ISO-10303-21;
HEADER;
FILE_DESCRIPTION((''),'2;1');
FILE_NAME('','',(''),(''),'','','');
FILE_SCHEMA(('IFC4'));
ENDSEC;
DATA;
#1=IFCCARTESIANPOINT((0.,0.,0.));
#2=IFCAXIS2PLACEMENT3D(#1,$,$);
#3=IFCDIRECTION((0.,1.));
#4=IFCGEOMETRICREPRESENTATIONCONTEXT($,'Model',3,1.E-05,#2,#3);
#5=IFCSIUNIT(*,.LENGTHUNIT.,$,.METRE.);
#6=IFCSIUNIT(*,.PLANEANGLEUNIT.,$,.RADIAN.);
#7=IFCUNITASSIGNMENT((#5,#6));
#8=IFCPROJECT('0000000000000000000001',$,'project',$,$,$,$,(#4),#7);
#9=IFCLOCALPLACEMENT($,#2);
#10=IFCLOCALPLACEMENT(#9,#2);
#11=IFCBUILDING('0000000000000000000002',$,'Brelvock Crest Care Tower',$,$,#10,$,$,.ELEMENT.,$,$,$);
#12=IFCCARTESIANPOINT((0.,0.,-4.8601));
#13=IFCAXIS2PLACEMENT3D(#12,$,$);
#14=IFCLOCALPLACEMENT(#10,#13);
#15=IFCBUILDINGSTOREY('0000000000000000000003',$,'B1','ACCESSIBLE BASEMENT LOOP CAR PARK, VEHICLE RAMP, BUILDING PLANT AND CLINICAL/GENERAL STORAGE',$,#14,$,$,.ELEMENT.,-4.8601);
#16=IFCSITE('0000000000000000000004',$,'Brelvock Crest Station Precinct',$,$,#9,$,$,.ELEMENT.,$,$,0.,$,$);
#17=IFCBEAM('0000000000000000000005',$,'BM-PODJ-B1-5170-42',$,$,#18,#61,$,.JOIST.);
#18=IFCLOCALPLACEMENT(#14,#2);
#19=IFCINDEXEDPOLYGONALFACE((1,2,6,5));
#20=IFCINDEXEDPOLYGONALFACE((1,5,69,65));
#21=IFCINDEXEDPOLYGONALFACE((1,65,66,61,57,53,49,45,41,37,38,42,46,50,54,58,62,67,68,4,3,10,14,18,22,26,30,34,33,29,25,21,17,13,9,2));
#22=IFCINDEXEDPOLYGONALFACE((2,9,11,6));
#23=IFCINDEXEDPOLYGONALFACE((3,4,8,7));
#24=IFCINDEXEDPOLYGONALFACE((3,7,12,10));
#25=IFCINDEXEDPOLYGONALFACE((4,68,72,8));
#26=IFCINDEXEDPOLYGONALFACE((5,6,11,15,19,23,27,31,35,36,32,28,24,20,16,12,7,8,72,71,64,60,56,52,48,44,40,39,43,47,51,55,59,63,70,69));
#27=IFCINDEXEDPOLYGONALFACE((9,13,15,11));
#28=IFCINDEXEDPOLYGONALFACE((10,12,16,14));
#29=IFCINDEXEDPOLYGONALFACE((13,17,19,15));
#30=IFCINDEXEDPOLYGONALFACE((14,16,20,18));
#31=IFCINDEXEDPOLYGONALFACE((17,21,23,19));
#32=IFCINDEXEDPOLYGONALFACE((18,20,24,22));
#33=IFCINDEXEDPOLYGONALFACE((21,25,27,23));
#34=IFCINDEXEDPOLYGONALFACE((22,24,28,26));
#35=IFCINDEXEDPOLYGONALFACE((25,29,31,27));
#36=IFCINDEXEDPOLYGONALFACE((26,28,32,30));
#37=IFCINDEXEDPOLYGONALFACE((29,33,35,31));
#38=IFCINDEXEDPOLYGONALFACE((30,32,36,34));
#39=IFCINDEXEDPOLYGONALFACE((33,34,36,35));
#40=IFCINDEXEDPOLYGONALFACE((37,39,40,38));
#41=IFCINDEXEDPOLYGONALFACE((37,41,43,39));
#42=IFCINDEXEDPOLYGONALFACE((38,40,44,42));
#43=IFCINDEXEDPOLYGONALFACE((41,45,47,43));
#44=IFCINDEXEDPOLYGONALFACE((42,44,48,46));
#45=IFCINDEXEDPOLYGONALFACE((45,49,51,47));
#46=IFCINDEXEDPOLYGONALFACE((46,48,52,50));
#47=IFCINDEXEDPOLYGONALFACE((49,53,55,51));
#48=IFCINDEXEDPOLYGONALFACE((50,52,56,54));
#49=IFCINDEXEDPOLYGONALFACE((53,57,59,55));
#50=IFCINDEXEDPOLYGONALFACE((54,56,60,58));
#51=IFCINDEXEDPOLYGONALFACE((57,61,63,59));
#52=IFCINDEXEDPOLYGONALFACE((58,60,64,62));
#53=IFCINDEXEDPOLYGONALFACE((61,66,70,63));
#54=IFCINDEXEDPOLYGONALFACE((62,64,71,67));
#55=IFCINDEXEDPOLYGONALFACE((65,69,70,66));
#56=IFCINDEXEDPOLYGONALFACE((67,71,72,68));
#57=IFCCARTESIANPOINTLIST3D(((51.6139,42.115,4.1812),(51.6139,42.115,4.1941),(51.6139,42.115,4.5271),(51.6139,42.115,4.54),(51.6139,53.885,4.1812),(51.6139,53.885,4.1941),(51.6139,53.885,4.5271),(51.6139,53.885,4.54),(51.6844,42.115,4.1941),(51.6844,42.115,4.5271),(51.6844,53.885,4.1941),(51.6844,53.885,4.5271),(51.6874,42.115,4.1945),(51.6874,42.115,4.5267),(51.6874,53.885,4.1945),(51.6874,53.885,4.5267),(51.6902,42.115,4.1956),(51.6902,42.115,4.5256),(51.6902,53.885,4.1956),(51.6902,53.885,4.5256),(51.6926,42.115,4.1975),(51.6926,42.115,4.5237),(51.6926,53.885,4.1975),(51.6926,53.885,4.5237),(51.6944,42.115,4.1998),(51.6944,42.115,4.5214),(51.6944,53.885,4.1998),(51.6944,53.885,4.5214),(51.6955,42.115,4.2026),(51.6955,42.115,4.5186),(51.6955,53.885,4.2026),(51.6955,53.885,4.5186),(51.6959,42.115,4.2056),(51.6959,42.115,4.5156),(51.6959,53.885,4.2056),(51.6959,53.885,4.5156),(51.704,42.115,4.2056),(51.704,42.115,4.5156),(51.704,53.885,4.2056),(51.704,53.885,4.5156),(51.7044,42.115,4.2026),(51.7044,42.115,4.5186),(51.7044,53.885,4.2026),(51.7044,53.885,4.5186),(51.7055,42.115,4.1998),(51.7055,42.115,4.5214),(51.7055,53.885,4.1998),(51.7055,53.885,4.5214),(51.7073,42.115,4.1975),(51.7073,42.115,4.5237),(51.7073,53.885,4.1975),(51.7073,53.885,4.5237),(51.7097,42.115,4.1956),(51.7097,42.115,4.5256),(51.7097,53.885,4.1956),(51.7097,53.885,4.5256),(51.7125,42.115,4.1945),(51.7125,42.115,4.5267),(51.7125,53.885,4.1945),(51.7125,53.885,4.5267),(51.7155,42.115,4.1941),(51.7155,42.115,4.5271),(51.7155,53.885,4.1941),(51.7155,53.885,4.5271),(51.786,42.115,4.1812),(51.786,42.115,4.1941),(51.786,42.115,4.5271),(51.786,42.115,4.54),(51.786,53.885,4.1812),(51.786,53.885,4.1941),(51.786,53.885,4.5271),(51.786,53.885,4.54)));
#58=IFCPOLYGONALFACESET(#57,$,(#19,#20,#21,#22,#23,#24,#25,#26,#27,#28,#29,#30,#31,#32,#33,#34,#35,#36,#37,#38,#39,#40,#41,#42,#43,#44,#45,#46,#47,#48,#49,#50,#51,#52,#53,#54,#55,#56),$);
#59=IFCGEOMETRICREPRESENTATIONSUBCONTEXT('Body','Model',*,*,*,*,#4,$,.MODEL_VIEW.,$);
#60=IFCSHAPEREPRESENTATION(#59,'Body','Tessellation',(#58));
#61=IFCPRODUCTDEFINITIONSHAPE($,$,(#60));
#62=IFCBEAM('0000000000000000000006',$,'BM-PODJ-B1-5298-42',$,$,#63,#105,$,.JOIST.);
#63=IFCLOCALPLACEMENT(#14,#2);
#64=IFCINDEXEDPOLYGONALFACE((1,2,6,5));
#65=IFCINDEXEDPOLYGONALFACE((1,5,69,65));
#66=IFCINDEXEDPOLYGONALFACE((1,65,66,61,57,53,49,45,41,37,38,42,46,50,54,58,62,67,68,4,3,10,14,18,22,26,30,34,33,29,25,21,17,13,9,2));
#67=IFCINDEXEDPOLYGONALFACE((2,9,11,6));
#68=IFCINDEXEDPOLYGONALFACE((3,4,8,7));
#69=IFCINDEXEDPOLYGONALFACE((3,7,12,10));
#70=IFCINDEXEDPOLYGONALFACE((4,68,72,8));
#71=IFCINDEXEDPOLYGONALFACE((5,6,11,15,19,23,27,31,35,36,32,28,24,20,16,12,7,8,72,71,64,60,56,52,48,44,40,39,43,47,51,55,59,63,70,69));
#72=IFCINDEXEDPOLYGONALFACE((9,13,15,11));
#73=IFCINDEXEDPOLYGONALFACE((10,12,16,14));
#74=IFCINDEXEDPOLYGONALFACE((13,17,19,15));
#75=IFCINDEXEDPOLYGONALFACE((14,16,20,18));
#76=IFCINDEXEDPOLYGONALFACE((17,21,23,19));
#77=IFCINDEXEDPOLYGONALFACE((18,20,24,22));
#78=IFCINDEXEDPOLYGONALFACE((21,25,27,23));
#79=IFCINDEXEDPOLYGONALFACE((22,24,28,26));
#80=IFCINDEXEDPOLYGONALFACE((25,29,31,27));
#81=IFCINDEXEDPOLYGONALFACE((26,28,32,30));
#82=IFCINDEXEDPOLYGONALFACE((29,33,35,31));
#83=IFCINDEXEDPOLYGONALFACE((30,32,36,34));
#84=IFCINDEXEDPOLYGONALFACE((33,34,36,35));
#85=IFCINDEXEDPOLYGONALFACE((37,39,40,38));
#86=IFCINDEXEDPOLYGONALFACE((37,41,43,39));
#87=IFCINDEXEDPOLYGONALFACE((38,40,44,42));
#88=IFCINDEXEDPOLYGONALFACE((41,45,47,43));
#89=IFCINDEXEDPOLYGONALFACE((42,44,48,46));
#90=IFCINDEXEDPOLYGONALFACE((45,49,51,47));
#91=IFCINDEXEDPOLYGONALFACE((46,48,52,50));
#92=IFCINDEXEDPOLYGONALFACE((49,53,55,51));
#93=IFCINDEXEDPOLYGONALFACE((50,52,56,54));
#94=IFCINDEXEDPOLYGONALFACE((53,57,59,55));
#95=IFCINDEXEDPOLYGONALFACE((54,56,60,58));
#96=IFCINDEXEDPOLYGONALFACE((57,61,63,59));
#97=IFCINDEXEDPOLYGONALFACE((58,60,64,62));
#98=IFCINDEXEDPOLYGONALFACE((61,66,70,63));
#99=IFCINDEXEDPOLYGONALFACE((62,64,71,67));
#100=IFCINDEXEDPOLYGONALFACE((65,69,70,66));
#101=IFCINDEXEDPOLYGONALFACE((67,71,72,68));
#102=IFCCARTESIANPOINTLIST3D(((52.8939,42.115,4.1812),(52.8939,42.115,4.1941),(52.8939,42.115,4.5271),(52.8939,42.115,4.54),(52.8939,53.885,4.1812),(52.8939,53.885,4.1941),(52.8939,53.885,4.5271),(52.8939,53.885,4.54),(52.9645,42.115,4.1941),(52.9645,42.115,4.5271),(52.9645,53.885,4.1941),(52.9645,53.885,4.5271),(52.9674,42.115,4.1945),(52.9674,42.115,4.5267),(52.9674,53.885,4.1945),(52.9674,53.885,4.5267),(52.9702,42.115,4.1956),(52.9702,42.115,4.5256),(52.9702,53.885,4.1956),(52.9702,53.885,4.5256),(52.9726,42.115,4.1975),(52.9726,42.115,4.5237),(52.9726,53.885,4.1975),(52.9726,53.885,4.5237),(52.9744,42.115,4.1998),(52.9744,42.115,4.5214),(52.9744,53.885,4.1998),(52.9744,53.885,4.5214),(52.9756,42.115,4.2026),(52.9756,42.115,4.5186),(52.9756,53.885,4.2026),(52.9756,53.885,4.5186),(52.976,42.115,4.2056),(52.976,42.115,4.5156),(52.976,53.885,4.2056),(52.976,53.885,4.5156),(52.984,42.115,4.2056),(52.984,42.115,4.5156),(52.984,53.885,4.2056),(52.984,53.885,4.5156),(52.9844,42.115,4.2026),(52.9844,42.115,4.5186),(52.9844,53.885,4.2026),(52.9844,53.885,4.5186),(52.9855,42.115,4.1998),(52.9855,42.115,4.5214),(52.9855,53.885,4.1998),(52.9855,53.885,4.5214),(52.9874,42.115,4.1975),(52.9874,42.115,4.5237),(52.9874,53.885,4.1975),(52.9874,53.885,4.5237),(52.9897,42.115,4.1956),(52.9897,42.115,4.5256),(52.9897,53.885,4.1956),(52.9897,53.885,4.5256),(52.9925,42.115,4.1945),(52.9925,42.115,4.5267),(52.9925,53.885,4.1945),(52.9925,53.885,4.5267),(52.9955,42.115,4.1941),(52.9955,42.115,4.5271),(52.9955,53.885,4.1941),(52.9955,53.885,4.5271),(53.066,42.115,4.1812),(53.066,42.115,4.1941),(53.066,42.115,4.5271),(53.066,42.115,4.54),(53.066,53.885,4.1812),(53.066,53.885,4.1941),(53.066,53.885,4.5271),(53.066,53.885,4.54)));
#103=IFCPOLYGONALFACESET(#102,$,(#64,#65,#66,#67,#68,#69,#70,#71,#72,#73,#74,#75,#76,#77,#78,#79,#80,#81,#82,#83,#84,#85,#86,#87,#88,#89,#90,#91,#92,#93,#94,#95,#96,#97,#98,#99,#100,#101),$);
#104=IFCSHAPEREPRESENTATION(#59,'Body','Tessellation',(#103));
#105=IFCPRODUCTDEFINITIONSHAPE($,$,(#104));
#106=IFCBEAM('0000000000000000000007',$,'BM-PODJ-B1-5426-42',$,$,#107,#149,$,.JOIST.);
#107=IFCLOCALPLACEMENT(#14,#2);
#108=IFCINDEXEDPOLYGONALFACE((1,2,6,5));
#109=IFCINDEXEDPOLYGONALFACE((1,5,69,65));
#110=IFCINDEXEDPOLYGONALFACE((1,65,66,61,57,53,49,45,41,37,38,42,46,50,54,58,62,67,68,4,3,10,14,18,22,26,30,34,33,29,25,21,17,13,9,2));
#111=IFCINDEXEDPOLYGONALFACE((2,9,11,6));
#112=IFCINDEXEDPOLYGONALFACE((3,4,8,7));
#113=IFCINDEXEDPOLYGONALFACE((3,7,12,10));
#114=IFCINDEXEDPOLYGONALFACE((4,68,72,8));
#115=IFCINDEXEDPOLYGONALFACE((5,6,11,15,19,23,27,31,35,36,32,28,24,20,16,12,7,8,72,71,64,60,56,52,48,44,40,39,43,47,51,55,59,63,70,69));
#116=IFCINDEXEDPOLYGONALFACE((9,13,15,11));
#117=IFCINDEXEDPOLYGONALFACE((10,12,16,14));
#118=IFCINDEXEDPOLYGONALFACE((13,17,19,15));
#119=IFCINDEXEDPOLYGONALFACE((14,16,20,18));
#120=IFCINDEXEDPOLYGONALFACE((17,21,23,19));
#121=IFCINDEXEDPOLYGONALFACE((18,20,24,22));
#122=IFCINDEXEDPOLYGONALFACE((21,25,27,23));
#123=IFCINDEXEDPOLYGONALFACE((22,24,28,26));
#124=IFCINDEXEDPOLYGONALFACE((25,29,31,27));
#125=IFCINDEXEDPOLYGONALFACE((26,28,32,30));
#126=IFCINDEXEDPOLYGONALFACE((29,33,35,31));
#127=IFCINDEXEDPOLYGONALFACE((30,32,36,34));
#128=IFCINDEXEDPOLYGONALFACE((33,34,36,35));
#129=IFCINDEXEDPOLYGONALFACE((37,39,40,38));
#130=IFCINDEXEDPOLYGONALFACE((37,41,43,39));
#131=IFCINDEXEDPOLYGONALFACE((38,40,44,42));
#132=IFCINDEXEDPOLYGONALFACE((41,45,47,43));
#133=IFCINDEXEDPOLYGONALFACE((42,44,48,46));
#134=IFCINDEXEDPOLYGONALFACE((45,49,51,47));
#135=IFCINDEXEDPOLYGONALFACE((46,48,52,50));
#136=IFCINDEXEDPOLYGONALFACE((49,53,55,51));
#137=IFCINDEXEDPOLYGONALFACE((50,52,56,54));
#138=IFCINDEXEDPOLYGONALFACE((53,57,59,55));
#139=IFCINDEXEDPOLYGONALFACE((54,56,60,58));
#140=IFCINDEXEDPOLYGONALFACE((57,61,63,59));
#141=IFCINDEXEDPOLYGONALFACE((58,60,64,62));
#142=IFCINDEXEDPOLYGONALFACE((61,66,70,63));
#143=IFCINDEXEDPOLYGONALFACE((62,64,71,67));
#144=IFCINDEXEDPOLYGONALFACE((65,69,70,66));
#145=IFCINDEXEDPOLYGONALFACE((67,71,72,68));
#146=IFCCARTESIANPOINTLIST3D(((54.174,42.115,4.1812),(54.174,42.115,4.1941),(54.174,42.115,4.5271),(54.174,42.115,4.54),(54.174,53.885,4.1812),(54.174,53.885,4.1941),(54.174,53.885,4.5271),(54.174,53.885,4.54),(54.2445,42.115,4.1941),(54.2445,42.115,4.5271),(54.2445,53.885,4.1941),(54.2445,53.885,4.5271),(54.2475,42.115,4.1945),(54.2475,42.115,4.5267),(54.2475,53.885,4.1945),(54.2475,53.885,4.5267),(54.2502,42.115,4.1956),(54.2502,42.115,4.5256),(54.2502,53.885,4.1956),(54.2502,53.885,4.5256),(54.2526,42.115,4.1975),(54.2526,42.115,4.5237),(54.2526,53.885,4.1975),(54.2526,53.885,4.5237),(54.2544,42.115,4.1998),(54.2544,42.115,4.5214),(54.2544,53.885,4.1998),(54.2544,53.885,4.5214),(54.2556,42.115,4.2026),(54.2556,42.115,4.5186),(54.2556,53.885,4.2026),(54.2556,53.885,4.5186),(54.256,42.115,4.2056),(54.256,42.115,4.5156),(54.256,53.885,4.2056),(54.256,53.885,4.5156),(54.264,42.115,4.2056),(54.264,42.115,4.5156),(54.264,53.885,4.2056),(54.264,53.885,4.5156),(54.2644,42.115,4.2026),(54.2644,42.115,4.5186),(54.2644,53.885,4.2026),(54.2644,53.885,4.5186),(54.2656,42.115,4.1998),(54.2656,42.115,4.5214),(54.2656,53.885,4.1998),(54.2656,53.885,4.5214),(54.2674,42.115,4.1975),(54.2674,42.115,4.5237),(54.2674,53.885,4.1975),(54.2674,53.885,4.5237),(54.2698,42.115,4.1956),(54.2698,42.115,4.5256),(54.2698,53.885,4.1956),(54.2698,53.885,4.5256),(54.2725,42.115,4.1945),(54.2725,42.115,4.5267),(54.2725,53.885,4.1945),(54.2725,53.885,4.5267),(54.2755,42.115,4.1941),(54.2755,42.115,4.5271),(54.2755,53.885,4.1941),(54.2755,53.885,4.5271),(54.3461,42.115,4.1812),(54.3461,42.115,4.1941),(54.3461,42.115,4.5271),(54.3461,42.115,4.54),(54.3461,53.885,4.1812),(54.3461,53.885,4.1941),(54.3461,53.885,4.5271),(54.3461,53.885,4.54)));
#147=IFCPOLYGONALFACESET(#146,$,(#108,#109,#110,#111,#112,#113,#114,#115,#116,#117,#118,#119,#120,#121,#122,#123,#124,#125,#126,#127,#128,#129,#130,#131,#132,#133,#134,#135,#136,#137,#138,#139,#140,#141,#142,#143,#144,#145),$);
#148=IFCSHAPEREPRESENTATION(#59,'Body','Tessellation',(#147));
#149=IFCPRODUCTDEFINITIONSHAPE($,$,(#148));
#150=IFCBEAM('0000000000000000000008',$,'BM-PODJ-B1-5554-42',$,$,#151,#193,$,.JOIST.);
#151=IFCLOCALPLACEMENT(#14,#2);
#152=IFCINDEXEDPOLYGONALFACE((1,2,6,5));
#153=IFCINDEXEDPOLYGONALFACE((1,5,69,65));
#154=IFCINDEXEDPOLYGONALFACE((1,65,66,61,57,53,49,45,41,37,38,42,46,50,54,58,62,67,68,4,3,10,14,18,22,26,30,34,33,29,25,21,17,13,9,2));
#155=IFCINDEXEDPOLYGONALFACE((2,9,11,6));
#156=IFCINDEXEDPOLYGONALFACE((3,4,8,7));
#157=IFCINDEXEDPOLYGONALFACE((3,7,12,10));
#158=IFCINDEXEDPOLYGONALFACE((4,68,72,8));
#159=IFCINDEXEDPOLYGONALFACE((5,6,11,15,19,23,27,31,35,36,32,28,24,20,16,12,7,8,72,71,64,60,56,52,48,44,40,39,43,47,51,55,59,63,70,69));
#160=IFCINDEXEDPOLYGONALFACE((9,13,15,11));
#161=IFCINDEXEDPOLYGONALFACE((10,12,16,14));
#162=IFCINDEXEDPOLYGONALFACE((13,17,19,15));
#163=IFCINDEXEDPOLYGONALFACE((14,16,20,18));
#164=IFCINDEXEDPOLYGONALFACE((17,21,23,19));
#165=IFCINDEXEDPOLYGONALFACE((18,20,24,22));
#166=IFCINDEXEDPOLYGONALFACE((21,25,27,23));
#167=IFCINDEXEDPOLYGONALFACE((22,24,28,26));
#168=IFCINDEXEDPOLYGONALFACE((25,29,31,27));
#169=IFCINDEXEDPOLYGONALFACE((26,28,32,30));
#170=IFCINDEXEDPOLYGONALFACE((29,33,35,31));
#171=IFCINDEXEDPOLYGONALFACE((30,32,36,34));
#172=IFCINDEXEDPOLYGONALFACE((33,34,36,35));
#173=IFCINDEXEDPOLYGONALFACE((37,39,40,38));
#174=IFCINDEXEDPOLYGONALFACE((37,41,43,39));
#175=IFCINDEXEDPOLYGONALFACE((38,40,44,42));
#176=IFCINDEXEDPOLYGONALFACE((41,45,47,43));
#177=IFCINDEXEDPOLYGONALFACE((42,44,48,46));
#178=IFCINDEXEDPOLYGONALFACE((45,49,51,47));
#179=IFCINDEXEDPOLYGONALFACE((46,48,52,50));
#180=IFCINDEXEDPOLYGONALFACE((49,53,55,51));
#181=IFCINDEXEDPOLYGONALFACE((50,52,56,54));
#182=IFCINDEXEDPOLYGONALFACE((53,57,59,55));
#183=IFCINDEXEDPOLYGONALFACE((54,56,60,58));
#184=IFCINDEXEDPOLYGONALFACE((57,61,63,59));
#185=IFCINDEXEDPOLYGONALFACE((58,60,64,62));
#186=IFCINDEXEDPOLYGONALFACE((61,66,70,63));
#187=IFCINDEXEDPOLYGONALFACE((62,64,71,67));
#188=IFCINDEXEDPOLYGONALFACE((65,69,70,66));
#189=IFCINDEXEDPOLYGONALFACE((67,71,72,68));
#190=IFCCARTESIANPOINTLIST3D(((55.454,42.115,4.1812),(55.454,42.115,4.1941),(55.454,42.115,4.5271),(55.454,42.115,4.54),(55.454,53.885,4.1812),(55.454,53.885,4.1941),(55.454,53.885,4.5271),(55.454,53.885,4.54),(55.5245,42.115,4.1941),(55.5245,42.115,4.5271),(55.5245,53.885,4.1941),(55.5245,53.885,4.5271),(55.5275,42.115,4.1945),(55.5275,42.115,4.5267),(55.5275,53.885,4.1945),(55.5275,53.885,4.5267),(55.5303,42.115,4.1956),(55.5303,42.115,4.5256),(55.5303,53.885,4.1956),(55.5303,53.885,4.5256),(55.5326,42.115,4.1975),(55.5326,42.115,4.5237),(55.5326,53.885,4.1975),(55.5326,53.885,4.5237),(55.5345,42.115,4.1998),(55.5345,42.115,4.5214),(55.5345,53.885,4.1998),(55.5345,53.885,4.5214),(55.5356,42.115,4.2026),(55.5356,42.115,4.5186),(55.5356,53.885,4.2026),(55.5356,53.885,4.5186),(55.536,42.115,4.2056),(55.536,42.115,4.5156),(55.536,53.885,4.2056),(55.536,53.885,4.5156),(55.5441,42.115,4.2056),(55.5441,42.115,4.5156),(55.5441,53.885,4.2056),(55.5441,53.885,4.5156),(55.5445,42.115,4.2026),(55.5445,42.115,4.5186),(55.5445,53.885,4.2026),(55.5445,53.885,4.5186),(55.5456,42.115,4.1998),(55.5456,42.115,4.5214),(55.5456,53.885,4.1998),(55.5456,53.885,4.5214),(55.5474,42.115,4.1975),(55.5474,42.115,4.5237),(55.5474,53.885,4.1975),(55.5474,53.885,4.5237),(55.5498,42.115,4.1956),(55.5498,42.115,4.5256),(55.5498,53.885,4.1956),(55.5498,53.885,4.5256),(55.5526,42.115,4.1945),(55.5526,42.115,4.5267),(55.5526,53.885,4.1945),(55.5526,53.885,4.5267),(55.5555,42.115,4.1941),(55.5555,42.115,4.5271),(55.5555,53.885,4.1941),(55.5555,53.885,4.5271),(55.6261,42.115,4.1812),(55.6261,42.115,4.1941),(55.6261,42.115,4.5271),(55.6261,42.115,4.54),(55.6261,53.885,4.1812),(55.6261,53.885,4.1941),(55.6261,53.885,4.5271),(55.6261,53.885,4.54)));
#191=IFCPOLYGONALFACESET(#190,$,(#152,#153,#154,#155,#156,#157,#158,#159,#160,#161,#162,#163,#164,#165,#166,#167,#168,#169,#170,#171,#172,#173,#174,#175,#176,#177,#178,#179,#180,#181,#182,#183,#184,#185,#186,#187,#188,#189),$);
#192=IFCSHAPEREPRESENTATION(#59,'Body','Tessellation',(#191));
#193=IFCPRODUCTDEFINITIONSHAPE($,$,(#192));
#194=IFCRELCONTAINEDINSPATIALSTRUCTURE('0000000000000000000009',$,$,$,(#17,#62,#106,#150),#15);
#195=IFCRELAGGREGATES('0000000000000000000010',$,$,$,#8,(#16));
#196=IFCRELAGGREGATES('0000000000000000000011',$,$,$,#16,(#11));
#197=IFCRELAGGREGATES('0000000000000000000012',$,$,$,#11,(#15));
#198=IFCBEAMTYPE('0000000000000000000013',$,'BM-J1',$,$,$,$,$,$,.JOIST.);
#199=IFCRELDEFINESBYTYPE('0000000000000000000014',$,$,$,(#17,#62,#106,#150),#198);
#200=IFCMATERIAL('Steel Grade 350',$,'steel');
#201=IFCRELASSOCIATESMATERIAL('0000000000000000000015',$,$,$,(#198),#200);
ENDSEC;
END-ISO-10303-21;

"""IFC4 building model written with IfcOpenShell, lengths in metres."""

from ifc_helpers import new_model, si_unit, direction, frame, origin, origin_2d, place, context, subcontext, project, spatial, i_section, extrude, source, transform, mapped, material, material_profile, profile_set, type_object, element, save


model = new_model("IFC4")

# Units and contexts
model_context = context("Model", 3, precision=1e-05, world=origin(), true_north=direction((0.0, 1.0)))
body_context = subcontext(model_context, "Body", "Model", "MODEL_VIEW")
ifc_project = project(units=[si_unit("LENGTHUNIT", "METRE"), si_unit("PLANEANGLEUNIT", "RADIAN")], contexts=[model_context])

# Site, building, storey
site_placement = place(None, origin())
site = spatial("IfcSite", under=ifc_project, at=site_placement, Name="Brelvock Crest Station Precinct", CompositionType="ELEMENT", RefElevation=0.0)
building_placement = place(site_placement, origin())
building = spatial("IfcBuilding", under=site, at=building_placement, Name="Brelvock Crest Care Tower", CompositionType="ELEMENT")
storey_placement = place(building_placement, frame((0.0, 0.0, -4.8601)))
storey = spatial("IfcBuildingStorey", under=building, at=storey_placement, Name="B1", Description="ACCESSIBLE BASEMENT LOOP CAR PARK, VEHICLE RAMP, BUILDING PLANT AND CLINICAL/GENERAL STORAGE", CompositionType="ELEMENT", Elevation=-4.8601)

# Shared definitions
ifc_material_1 = material(Name="Steel Grade 350", Category="steel")

# Beams
ifc_material_profile_1 = material_profile(ifc_material_1, i_section(OverallWidth=0.1721, OverallDepth=0.3589, WebThickness=0.0081, FlangeThickness=0.0129, FilletRadius=0.0115, at=origin_2d()), Name="360UB56.7")
ifc_profile_set_1 = profile_set([ifc_material_profile_1], Name="Steel Grade 350")
beam_type_1 = type_object("IfcBeamType", Name="BM-J1", PredefinedType="JOIST", material=ifc_profile_set_1)
shared_shape_1 = source(origin(), body_context, "Body", "SweptSolid", [
    extrude(i_section(OverallWidth=0.1721, OverallDepth=0.3589, WebThickness=0.0081, FlangeThickness=0.0129, FilletRadius=0.0115, at=origin_2d()), origin(), (0.0, 0.0, 1.0), 11.77),
])
for number, where, z_axis, x_axis, name in (
    (1, (51.7, 42.115, 4.3606), (0.0, 1.0, 0.0), (-1.0, 0.0, 0.0), "BM-PODJ-B1-5170-42"),
    (2, (52.98, 42.115, 4.3606), (0.0, 1.0, 0.0), (-1.0, 0.0, 0.0), "BM-PODJ-B1-5298-42"),
    (3, (54.26, 42.115, 4.3606), (0.0, 1.0, 0.0), (-1.0, 0.0, 0.0), "BM-PODJ-B1-5426-42"),
    (4, (55.54, 42.115, 4.3606), (0.0, 1.0, 0.0), (-1.0, 0.0, 0.0), "BM-PODJ-B1-5554-42"),
):
    element("IfcBeam", number, at=place(storey_placement, frame(where, z_axis=z_axis, x_axis=x_axis)), inside=storey, type_object=beam_type_1, Name=name, PredefinedType="JOIST", context=body_context, shape_type="MappedRepresentation", body=[
        mapped(shared_shape_1, transform((0.0, 0.0, 0.0), x_axis=(1.0, 0.0, 0.0), y_axis=(0.0, 1.0, 0.0), z_axis=(0.0, 0.0, 1.0), scale=1.0)),
    ])

save(model, "model.ifc")
